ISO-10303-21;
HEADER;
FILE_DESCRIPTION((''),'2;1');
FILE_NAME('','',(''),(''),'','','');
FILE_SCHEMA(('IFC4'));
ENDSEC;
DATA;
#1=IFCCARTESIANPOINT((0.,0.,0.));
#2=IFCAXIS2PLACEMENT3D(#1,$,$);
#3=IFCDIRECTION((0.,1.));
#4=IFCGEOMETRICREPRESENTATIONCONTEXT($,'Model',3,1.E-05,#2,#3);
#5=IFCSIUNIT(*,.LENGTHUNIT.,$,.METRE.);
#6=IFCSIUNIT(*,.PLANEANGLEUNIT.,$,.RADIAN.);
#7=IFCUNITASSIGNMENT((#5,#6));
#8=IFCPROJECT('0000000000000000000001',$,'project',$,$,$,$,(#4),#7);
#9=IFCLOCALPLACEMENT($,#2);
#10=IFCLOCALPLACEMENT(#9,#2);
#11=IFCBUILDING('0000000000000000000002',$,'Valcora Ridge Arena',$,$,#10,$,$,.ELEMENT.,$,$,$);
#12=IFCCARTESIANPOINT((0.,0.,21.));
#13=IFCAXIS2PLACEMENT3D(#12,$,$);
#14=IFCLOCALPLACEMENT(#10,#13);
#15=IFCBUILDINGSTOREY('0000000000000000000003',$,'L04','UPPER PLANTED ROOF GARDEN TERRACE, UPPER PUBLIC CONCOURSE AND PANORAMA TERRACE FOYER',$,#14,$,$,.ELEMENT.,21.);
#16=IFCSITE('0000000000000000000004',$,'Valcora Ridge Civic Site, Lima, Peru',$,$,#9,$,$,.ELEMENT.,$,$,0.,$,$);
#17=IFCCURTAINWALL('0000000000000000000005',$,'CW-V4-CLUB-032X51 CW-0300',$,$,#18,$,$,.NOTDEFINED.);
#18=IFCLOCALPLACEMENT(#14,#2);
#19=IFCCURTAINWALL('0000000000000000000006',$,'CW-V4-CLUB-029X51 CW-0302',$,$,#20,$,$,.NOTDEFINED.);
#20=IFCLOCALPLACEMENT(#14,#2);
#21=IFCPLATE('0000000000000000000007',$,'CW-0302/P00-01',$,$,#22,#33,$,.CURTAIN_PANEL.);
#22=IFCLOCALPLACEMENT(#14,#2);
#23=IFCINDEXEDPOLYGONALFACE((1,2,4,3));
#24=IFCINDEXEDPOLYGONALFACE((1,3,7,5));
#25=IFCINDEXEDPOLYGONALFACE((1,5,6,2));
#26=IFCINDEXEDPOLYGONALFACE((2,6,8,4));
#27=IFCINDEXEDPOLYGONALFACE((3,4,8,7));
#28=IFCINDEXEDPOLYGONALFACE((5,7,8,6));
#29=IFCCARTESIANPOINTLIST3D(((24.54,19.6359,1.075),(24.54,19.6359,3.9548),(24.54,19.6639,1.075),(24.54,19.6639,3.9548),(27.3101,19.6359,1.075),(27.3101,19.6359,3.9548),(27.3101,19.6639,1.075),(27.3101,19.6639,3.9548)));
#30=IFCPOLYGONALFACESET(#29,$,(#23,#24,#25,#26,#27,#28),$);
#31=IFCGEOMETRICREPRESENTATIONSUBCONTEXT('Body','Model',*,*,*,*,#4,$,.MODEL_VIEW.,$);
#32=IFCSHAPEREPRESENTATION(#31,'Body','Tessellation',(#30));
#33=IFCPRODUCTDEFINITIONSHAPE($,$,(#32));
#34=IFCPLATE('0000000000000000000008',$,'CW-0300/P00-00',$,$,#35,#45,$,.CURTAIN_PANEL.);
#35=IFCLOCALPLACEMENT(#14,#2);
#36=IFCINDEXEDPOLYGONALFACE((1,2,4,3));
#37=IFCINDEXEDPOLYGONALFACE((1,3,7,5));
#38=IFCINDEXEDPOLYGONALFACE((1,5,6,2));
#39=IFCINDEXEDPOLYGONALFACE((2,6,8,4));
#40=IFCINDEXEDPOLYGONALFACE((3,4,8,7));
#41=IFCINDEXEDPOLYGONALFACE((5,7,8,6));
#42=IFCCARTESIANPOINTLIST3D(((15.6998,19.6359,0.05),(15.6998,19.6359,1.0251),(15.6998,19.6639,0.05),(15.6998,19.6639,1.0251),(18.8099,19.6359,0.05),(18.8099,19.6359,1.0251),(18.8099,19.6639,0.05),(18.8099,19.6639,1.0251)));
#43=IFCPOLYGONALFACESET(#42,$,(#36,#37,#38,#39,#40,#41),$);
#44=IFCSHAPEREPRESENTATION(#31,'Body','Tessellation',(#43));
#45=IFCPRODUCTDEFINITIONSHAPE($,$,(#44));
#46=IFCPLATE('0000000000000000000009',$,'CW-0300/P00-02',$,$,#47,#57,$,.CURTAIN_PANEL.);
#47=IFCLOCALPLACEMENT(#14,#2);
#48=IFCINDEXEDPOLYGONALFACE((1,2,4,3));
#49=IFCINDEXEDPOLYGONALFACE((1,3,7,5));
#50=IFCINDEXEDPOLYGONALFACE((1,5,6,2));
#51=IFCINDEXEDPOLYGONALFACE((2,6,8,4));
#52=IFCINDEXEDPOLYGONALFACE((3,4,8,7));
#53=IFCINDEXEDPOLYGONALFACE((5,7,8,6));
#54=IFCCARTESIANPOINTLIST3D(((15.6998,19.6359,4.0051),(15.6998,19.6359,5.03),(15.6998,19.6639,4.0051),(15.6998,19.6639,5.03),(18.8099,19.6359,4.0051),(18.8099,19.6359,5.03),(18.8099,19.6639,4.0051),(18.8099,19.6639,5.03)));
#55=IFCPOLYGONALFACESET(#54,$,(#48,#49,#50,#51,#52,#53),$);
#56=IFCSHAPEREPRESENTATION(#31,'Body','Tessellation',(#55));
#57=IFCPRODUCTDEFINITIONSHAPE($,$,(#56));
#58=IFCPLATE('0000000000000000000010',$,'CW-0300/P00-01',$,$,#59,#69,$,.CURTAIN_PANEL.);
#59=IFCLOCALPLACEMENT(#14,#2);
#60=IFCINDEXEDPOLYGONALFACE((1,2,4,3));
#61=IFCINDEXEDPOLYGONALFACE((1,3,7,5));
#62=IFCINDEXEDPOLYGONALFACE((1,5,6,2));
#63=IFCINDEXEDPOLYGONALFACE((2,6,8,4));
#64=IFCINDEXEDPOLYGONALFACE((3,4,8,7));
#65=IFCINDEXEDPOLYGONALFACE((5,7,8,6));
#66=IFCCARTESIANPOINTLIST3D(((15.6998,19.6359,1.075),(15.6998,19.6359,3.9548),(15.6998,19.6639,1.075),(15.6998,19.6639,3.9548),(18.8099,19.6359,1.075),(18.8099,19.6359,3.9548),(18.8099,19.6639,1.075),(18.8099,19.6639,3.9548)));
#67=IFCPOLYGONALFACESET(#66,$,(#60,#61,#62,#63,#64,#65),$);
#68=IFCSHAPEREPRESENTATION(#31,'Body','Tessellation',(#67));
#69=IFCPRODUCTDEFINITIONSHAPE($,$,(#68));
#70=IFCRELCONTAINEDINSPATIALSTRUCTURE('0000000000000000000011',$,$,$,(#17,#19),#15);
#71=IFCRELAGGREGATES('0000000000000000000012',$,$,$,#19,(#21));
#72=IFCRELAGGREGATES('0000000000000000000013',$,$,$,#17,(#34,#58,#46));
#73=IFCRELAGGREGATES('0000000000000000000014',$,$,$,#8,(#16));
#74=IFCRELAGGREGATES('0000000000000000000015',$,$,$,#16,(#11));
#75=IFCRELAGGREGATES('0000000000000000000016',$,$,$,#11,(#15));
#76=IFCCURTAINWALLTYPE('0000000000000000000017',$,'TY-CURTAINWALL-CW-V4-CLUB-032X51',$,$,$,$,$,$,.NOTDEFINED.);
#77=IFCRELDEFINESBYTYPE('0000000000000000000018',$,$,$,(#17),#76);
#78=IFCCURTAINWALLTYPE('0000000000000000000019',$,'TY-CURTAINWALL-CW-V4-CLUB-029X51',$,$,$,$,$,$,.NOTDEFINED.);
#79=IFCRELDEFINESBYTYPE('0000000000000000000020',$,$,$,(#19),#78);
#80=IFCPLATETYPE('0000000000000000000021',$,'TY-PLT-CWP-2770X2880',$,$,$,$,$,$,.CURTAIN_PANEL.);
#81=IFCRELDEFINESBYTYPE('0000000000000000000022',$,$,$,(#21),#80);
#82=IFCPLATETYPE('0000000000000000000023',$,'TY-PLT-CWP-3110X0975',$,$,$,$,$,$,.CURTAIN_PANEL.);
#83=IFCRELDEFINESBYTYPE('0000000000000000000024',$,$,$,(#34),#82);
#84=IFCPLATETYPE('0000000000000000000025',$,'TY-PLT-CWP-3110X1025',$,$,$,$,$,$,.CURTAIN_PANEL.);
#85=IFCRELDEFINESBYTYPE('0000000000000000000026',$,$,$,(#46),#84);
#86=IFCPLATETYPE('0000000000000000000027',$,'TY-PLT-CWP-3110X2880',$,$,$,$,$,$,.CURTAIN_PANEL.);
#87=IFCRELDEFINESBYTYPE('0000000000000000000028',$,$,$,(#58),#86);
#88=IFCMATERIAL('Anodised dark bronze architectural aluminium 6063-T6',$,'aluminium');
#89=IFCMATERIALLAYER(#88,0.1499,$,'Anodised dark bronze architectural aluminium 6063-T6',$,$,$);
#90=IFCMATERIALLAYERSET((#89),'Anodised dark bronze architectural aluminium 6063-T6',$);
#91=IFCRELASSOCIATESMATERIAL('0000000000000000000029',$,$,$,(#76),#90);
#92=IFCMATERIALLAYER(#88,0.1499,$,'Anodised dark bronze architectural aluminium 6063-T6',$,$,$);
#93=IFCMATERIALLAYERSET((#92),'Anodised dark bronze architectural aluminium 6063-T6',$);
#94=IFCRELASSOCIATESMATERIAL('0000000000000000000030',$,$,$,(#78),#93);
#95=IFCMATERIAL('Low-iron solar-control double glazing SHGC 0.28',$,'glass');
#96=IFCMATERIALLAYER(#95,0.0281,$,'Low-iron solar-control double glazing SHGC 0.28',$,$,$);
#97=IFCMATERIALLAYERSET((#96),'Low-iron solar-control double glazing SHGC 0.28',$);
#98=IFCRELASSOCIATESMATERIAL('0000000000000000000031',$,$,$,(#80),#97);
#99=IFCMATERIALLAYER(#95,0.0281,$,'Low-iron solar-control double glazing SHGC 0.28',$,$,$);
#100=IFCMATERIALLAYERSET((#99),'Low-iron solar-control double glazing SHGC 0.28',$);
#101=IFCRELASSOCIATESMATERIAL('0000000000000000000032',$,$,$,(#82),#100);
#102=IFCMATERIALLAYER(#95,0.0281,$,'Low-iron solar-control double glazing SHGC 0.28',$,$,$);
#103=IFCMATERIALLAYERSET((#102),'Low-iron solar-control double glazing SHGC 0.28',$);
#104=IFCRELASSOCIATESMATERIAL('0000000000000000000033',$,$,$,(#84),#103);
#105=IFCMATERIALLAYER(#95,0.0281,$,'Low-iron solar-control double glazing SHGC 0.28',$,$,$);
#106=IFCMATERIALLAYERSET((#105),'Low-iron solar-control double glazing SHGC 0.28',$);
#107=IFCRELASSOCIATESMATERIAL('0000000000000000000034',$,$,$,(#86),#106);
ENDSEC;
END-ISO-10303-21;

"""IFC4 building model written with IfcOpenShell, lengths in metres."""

from ifc_helpers import new_model, si_unit, direction, frame, origin, origin_2d, place, context, subcontext, project, spatial, rectangle, extrude, material, layer, layer_set, type_object, element, aggregate, save


model = new_model("IFC4")

# Units and contexts
model_context = context("Model", 3, precision=1e-05, world=origin(), true_north=direction((0.0, 1.0)))
body_context = subcontext(model_context, "Body", "Model", "MODEL_VIEW")
ifc_project = project(units=[si_unit("LENGTHUNIT", "METRE"), si_unit("PLANEANGLEUNIT", "RADIAN")], contexts=[model_context])

# Site, building, storey
site_placement = place(None, origin())
site = spatial("IfcSite", under=ifc_project, at=site_placement, Name="Valcora Ridge Civic Site, Lima, Peru", CompositionType="ELEMENT", RefElevation=0.0)
building_placement = place(site_placement, origin())
building = spatial("IfcBuilding", under=site, at=building_placement, Name="Valcora Ridge Arena", CompositionType="ELEMENT")
storey_placement = place(building_placement, frame((0.0, 0.0, 21.0)))
storey = spatial("IfcBuildingStorey", under=building, at=storey_placement, Name="L04", Description="UPPER PLANTED ROOF GARDEN TERRACE, UPPER PUBLIC CONCOURSE AND PANORAMA TERRACE FOYER", CompositionType="ELEMENT", Elevation=21.0)

# Curtain wall
ifc_material_1 = material(Name="Anodised dark bronze architectural aluminium 6063-T6", Category="aluminium")
ifc_layer_1 = layer(ifc_material_1, 0.1499, Name="Anodised dark bronze architectural aluminium 6063-T6")
ifc_layer_set_1 = layer_set([ifc_layer_1], Name="Anodised dark bronze architectural aluminium 6063-T6")
curtain_wall_type_1 = type_object("IfcCurtainWallType", Name="TY-CURTAINWALL-CW-V4-CLUB-032X51", PredefinedType="NOTDEFINED", material=ifc_layer_set_1)
curtain_wall_1_placement = place(storey_placement, origin())
curtain_wall_1 = element("IfcCurtainWall", 1, at=curtain_wall_1_placement, inside=storey, type_object=curtain_wall_type_1, Name="CW-V4-CLUB-032X51 CW-0300", PredefinedType="NOTDEFINED")

# Curtain wall
ifc_layer_2 = layer(ifc_material_1, 0.1499, Name="Anodised dark bronze architectural aluminium 6063-T6")
ifc_layer_set_2 = layer_set([ifc_layer_2], Name="Anodised dark bronze architectural aluminium 6063-T6")
curtain_wall_type_2 = type_object("IfcCurtainWallType", Name="TY-CURTAINWALL-CW-V4-CLUB-029X51", PredefinedType="NOTDEFINED", material=ifc_layer_set_2)
curtain_wall_2_placement = place(storey_placement, origin())
curtain_wall_2 = element("IfcCurtainWall", 2, at=curtain_wall_2_placement, inside=storey, type_object=curtain_wall_type_2, Name="CW-V4-CLUB-029X51 CW-0302", PredefinedType="NOTDEFINED")

# Plates
ifc_material_2 = material(Name="Low-iron solar-control double glazing SHGC 0.28", Category="glass")
ifc_layer_3 = layer(ifc_material_2, 0.0281, Name="Low-iron solar-control double glazing SHGC 0.28")
ifc_layer_set_3 = layer_set([ifc_layer_3], Name="Low-iron solar-control double glazing SHGC 0.28")
plate_type_1 = type_object("IfcPlateType", Name="TY-PLT-CWP-2770X2880", PredefinedType="CURTAIN_PANEL", material=ifc_layer_set_3)
plate_1_placement = place(storey_placement, frame((25.925, 19.6499, 1.075), z_axis=(0.0, 0.0, 1.0), x_axis=(1.0, 0.0, 0.0)))
plate_1 = element("IfcPlate", 3, at=plate_1_placement, type_object=plate_type_1, Name="CW-0302/P00-01", PredefinedType="CURTAIN_PANEL", context=body_context, shape_type="SweptSolid", body=[
    extrude(rectangle(XDim=2.77, YDim=0.0281, at=origin_2d()), origin(), (0.0, 0.0, 1.0), 2.8799),
])
aggregate(curtain_wall_2, [plate_1])
ifc_layer_4 = layer(ifc_material_2, 0.0281, Name="Low-iron solar-control double glazing SHGC 0.28")
ifc_layer_set_4 = layer_set([ifc_layer_4], Name="Low-iron solar-control double glazing SHGC 0.28")
plate_type_2 = type_object("IfcPlateType", Name="TY-PLT-CWP-3110X0975", PredefinedType="CURTAIN_PANEL", material=ifc_layer_set_4)
plate_2_placement = place(storey_placement, frame((17.2549, 19.6499, 0.05), z_axis=(0.0, 0.0, 1.0), x_axis=(1.0, 0.0, 0.0)))
plate_2 = element("IfcPlate", 4, at=plate_2_placement, type_object=plate_type_2, Name="CW-0300/P00-00", PredefinedType="CURTAIN_PANEL", context=body_context, shape_type="SweptSolid", body=[
    extrude(rectangle(XDim=3.1101, YDim=0.0281, at=origin_2d()), origin(), (0.0, 0.0, 1.0), 0.9751),
])
ifc_layer_5 = layer(ifc_material_2, 0.0281, Name="Low-iron solar-control double glazing SHGC 0.28")
ifc_layer_set_5 = layer_set([ifc_layer_5], Name="Low-iron solar-control double glazing SHGC 0.28")
plate_type_3 = type_object("IfcPlateType", Name="TY-PLT-CWP-3110X1025", PredefinedType="CURTAIN_PANEL", material=ifc_layer_set_5)
plate_3_placement = place(storey_placement, frame((17.2549, 19.6499, 4.0051), z_axis=(0.0, 0.0, 1.0), x_axis=(1.0, 0.0, 0.0)))
plate_3 = element("IfcPlate", 5, at=plate_3_placement, type_object=plate_type_3, Name="CW-0300/P00-02", PredefinedType="CURTAIN_PANEL", context=body_context, shape_type="SweptSolid", body=[
    extrude(rectangle(XDim=3.1101, YDim=0.0281, at=origin_2d()), origin(), (0.0, 0.0, 1.0), 1.0249),
])
ifc_layer_6 = layer(ifc_material_2, 0.0281, Name="Low-iron solar-control double glazing SHGC 0.28")
ifc_layer_set_6 = layer_set([ifc_layer_6], Name="Low-iron solar-control double glazing SHGC 0.28")
plate_type_4 = type_object("IfcPlateType", Name="TY-PLT-CWP-3110X2880", PredefinedType="CURTAIN_PANEL", material=ifc_layer_set_6)
plate_4_placement = place(storey_placement, frame((17.2549, 19.6499, 1.075), z_axis=(0.0, 0.0, 1.0), x_axis=(1.0, 0.0, 0.0)))
plate_4 = element("IfcPlate", 6, at=plate_4_placement, type_object=plate_type_4, Name="CW-0300/P00-01", PredefinedType="CURTAIN_PANEL", context=body_context, shape_type="SweptSolid", body=[
    extrude(rectangle(XDim=3.1101, YDim=0.0281, at=origin_2d()), origin(), (0.0, 0.0, 1.0), 2.8799),
])
aggregate(curtain_wall_1, [plate_2, plate_4, plate_3])

save(model, "model.ifc")
